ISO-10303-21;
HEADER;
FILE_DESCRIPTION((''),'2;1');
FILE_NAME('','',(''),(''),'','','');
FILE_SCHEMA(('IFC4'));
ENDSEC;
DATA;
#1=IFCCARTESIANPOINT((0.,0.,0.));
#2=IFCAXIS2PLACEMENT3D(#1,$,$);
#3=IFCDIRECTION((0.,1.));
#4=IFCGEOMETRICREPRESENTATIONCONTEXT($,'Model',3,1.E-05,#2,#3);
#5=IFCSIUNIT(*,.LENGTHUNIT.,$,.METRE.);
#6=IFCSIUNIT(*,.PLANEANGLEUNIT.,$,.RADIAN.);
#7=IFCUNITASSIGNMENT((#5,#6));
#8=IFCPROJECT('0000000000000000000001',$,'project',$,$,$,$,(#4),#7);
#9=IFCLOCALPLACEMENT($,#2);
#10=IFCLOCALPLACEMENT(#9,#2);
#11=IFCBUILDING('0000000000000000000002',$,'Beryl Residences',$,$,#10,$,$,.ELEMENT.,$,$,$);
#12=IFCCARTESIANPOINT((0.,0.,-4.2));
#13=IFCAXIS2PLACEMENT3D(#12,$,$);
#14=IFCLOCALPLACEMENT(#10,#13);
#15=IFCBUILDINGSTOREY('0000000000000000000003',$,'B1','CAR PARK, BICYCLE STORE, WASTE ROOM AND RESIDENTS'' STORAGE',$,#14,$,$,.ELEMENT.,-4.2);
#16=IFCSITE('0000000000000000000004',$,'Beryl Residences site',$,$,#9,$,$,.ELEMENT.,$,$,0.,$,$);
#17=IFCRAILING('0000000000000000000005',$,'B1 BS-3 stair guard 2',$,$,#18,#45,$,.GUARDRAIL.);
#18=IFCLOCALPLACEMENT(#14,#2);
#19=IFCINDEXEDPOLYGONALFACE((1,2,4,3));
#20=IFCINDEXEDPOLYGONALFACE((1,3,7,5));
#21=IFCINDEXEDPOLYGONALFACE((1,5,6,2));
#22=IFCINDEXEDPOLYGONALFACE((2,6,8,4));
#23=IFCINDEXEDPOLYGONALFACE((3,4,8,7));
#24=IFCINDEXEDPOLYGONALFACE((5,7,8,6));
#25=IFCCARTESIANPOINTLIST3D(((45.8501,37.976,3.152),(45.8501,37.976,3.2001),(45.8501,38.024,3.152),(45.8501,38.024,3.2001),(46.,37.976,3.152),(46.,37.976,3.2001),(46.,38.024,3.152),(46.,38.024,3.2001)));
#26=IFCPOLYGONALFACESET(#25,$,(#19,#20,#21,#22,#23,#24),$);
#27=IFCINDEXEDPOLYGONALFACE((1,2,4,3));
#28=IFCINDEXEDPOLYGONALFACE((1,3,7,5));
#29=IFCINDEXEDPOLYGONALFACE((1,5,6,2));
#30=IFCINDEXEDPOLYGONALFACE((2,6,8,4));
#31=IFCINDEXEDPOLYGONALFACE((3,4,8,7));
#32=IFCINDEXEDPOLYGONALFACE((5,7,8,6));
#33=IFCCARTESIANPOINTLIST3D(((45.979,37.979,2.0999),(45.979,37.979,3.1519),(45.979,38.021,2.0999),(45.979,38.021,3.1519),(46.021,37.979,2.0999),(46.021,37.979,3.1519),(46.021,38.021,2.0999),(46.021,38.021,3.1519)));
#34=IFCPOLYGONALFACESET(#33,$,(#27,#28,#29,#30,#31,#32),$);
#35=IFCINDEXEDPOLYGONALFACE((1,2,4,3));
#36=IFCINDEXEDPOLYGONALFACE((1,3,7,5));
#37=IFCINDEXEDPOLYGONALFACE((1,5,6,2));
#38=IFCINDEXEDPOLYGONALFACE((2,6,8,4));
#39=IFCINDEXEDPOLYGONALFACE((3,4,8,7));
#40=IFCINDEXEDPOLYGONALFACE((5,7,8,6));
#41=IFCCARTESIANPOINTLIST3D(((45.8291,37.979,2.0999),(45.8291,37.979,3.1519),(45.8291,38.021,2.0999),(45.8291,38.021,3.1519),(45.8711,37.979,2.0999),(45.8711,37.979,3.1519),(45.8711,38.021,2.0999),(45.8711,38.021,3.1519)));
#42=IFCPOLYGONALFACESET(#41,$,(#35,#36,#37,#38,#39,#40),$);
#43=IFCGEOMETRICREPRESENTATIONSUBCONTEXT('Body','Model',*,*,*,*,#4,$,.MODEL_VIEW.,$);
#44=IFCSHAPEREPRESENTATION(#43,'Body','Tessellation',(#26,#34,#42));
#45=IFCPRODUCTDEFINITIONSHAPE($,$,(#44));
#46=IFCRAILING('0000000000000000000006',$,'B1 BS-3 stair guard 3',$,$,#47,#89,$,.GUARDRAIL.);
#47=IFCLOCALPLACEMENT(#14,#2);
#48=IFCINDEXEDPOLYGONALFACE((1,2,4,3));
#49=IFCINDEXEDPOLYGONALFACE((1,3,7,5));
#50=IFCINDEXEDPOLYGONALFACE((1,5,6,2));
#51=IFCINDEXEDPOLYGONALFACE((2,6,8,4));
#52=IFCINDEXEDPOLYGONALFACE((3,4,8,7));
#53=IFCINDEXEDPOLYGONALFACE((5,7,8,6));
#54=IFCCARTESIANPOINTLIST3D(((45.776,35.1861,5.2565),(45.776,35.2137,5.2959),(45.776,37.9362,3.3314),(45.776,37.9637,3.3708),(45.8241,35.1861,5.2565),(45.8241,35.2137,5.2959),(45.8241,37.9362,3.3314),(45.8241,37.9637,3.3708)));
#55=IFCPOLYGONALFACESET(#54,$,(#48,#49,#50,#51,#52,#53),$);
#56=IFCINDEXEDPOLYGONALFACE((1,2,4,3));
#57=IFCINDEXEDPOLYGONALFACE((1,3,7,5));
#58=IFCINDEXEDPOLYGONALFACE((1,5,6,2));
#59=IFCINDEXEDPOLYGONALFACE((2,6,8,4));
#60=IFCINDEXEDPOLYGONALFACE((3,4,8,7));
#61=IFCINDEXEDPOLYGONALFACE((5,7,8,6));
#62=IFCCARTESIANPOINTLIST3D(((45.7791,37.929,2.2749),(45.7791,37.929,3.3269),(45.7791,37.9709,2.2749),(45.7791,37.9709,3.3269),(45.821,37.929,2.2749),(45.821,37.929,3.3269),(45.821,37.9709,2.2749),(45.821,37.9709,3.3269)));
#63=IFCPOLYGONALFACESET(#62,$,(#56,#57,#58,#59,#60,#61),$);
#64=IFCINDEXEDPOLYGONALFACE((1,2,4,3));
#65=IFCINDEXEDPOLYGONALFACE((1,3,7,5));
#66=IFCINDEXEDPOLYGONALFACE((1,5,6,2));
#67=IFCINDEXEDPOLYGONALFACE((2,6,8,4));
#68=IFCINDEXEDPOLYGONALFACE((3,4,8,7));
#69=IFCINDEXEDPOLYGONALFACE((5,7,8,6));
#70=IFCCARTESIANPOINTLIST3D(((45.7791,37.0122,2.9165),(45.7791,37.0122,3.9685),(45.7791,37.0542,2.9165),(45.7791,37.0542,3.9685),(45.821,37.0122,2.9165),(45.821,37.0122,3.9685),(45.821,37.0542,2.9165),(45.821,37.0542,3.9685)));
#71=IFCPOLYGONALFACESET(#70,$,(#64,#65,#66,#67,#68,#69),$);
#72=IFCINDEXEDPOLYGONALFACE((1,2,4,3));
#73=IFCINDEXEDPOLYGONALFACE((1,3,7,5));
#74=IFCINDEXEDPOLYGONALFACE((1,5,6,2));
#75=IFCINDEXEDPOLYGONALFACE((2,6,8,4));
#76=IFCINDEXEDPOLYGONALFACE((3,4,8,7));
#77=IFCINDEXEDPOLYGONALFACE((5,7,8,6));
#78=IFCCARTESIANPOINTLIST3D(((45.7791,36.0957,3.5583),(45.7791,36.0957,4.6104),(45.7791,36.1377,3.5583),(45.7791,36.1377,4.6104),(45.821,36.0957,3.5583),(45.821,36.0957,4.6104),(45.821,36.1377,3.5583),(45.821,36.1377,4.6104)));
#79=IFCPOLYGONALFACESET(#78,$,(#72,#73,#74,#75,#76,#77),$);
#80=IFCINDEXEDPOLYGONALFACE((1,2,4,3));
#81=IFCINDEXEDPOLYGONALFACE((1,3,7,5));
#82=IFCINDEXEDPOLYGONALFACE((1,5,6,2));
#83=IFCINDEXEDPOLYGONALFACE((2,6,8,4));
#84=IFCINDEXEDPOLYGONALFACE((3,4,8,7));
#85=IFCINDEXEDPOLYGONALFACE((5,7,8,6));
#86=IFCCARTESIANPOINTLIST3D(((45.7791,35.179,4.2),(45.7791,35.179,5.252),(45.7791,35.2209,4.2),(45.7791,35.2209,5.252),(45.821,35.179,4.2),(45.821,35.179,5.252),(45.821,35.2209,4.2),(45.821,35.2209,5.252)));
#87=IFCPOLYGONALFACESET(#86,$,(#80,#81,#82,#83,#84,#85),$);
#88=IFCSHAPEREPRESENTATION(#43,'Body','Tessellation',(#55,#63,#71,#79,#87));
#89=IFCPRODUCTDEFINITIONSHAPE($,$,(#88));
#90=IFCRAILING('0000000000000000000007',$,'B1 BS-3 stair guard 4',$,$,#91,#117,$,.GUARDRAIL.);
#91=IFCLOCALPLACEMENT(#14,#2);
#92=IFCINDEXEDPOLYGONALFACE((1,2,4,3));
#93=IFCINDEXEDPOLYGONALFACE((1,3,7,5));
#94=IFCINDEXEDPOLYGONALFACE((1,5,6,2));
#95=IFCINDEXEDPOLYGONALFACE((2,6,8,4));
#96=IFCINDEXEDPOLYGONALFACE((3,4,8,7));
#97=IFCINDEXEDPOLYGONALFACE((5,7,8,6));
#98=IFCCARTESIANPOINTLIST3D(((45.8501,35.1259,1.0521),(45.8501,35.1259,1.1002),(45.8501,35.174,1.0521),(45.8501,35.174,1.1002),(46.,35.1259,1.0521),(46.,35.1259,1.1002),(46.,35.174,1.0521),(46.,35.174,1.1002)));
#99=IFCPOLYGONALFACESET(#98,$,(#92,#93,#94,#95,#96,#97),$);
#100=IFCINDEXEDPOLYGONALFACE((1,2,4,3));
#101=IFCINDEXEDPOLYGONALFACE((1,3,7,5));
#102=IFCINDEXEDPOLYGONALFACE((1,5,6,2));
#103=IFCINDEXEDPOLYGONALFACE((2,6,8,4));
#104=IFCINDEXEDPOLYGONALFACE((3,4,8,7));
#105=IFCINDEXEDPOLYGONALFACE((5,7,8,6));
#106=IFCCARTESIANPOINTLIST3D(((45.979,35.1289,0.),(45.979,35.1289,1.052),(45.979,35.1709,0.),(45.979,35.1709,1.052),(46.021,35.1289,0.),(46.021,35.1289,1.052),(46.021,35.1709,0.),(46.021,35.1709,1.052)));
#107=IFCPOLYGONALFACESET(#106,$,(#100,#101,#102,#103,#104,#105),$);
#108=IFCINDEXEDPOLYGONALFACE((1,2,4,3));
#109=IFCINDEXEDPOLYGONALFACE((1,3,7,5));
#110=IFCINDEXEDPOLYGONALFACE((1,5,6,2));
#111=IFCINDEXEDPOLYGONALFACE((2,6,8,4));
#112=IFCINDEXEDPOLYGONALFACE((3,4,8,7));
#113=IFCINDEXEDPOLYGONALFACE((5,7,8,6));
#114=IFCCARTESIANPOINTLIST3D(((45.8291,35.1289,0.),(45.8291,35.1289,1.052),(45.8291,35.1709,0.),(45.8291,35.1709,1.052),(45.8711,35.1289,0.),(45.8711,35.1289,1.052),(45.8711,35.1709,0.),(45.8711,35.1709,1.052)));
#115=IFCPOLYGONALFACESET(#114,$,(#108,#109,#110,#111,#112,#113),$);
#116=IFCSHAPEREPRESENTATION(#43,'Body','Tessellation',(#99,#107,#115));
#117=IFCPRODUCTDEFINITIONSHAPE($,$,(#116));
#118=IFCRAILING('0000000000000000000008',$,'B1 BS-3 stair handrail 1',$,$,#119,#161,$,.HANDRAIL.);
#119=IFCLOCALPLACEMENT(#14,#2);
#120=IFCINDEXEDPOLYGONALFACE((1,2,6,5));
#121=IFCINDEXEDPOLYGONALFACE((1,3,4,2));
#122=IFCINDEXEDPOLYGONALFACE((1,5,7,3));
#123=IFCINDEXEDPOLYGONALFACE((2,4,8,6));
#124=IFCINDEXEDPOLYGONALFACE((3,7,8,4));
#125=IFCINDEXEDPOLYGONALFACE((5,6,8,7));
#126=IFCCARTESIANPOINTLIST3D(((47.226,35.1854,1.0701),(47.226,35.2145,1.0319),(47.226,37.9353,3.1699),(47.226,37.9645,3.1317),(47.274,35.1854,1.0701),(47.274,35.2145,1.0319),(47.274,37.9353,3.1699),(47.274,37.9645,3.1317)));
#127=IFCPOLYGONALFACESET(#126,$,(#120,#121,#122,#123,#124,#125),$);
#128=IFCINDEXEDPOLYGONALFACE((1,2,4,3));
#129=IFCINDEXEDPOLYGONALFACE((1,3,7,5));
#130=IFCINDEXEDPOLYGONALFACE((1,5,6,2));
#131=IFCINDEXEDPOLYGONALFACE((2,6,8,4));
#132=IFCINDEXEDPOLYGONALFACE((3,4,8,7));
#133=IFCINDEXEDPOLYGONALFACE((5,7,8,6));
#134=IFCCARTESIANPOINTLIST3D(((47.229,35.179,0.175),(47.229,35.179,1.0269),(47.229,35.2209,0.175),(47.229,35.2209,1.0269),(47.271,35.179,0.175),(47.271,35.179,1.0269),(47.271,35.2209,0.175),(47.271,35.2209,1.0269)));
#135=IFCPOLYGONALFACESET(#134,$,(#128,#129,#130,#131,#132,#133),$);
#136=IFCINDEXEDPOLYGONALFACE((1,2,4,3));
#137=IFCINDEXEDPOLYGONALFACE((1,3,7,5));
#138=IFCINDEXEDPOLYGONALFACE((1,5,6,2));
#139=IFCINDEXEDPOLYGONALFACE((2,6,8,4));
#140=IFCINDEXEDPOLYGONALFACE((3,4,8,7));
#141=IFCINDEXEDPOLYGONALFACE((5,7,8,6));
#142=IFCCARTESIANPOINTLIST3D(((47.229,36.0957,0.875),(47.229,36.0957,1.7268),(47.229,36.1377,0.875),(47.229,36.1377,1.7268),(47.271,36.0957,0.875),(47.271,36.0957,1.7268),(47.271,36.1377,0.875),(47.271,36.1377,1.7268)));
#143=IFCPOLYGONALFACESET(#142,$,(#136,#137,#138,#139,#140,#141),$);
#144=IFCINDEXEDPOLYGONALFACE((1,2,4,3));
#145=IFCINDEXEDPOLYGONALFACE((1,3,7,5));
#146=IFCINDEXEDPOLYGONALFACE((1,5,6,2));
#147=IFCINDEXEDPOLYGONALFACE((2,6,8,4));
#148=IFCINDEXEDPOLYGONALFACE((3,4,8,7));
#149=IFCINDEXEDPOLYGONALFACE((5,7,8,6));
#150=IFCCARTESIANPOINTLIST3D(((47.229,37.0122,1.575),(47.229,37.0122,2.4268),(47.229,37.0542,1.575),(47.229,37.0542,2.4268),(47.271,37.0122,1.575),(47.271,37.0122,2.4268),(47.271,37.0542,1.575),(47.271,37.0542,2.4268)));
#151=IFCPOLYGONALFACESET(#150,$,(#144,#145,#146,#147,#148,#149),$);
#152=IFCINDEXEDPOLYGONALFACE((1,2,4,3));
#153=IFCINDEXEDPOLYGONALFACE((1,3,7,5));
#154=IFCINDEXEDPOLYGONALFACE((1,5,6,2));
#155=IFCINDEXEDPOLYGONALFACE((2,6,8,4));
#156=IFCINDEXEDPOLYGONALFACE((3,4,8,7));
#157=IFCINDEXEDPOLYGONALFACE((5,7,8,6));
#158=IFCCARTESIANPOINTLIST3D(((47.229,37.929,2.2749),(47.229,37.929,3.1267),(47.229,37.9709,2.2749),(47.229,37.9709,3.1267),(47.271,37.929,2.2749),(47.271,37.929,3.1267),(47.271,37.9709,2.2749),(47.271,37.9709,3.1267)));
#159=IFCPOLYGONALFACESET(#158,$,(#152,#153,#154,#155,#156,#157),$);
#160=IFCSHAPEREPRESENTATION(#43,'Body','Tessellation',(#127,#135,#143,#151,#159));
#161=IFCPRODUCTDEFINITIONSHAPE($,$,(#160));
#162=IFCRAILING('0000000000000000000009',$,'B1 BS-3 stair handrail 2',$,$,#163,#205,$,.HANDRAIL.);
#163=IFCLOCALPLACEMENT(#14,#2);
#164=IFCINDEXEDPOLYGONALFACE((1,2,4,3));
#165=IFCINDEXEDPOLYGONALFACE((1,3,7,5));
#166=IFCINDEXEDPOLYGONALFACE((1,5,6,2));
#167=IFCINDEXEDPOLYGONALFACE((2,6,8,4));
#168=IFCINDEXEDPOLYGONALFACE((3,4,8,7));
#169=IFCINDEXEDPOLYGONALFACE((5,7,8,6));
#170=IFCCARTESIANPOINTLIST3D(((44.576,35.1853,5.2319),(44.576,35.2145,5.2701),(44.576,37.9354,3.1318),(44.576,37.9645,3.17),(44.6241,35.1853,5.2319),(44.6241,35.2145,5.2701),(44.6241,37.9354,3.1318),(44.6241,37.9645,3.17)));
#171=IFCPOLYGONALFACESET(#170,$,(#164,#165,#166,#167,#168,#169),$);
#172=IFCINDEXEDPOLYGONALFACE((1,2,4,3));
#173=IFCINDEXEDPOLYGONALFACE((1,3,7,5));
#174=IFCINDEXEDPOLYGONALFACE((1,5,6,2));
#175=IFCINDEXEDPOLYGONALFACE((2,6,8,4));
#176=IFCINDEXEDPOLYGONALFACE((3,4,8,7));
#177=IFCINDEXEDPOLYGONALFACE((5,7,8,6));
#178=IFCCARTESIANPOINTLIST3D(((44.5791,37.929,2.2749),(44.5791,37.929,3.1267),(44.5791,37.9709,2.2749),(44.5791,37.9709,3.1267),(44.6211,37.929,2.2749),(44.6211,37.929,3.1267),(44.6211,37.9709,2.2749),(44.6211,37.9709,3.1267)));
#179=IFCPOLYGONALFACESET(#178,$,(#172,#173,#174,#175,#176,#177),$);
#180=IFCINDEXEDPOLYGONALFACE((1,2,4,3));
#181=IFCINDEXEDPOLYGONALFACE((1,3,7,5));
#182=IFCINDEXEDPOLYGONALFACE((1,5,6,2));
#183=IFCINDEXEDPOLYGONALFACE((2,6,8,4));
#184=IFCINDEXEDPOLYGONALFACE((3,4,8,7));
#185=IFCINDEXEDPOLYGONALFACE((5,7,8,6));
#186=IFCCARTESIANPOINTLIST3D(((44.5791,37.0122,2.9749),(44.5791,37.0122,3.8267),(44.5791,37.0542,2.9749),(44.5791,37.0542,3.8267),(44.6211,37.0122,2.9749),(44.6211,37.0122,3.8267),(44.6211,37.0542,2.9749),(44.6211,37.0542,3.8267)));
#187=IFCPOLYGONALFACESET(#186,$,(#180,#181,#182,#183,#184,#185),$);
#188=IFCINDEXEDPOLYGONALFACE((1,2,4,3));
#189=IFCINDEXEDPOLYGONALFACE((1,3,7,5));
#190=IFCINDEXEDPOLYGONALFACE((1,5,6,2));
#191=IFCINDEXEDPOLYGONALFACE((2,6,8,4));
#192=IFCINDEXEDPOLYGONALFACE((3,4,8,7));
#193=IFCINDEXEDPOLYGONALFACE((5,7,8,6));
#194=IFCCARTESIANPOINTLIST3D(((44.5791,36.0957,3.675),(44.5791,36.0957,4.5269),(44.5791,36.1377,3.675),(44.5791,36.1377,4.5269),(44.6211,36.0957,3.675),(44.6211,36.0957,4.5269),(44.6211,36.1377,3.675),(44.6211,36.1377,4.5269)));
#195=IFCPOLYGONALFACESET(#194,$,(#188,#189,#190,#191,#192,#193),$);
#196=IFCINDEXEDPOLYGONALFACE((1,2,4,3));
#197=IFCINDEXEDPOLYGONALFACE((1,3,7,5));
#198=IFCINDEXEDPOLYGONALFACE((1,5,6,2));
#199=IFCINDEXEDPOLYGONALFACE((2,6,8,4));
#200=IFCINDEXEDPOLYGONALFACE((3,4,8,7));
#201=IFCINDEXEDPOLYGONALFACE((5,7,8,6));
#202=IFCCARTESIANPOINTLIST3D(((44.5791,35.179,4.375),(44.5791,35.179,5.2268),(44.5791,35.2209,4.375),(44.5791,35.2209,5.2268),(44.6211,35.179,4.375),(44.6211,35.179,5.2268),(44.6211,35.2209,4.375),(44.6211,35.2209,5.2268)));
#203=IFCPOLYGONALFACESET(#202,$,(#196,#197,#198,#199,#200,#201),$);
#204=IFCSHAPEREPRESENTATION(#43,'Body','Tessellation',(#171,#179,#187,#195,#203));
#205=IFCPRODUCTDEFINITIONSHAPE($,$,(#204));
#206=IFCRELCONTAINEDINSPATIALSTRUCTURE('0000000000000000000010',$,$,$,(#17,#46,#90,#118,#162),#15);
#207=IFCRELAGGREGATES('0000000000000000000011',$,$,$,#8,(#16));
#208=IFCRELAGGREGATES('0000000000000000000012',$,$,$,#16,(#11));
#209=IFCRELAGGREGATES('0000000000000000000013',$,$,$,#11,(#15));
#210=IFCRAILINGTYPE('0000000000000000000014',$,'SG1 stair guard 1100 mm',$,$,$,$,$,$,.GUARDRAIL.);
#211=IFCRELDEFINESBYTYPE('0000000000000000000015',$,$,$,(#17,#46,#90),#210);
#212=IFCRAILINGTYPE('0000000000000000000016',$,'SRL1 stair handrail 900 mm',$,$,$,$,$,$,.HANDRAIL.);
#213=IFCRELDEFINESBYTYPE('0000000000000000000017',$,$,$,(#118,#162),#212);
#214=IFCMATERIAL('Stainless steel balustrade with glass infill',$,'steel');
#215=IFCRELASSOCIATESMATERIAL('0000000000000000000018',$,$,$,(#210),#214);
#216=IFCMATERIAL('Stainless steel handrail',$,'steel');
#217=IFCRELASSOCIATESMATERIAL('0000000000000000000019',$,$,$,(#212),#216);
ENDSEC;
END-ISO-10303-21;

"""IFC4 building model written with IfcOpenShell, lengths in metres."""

from ifc_helpers import new_model, si_unit, direction, frame, origin, origin_2d, place, context, subcontext, project, spatial, rectangle, extrude, material, type_object, element, save


model = new_model("IFC4")

# Units and contexts
model_context = context("Model", 3, precision=1e-05, world=origin(), true_north=direction((0.0, 1.0)))
body_context = subcontext(model_context, "Body", "Model", "MODEL_VIEW")
ifc_project = project(units=[si_unit("LENGTHUNIT", "METRE"), si_unit("PLANEANGLEUNIT", "RADIAN")], contexts=[model_context])

# Site, building, storey
site_placement = place(None, origin())
site = spatial("IfcSite", under=ifc_project, at=site_placement, Name="Beryl Residences site", CompositionType="ELEMENT", RefElevation=0.0)
building_placement = place(site_placement, origin())
building = spatial("IfcBuilding", under=site, at=building_placement, Name="Beryl Residences", CompositionType="ELEMENT")
storey_placement = place(building_placement, frame((0.0, 0.0, -4.2)))
storey = spatial("IfcBuildingStorey", under=building, at=storey_placement, Name="B1", Description="CAR PARK, BICYCLE STORE, WASTE ROOM AND RESIDENTS' STORAGE", CompositionType="ELEMENT", Elevation=-4.2)

# Railings
ifc_material_1 = material(Name="Stainless steel balustrade with glass infill", Category="steel")
railing_type_1 = type_object("IfcRailingType", Name="SG1 stair guard 1100 mm", PredefinedType="GUARDRAIL", material=ifc_material_1)
railing_1_placement = place(storey_placement, frame((46.0, 38.0, 2.0999)))
element("IfcRailing", 1, at=railing_1_placement, inside=storey, type_object=railing_type_1, Name="B1 BS-3 stair guard 2", PredefinedType="GUARDRAIL", context=body_context, shape_type="SweptSolid", body=[
    extrude(rectangle(XDim=0.0481, YDim=0.0481, at=origin_2d()), frame((0.0, 0.0, 1.0762), z_axis=(-1.0, 0.0, 0.0), x_axis=(0.0, -1.0, 0.0)), (0.0, 0.0, 1.0), 0.1499),
    extrude(rectangle(XDim=0.042, YDim=0.042, at=origin_2d()), origin(), (0.0, 0.0, 1.0), 1.052),
    extrude(rectangle(XDim=0.042, YDim=0.042, at=origin_2d()), frame((-0.1499, 0.0, 0.0)), (0.0, 0.0, 1.0), 1.052),
])
railing_2_placement = place(storey_placement, frame((45.8, 37.95, 2.2749)))
element("IfcRailing", 2, at=railing_2_placement, inside=storey, type_object=railing_type_1, Name="B1 BS-3 stair guard 3", PredefinedType="GUARDRAIL", context=body_context, shape_type="SweptSolid", body=[
    extrude(rectangle(XDim=0.0481, YDim=0.0481, at=origin_2d()), frame((0.0, 0.0, 1.0762), z_axis=(0.0, -0.819225, 0.573472), x_axis=(1.0, 0.0, 0.0)), (0.0, 0.0, 1.0), 3.3569),
    extrude(rectangle(XDim=0.042, YDim=0.042, at=origin_2d()), origin(), (0.0, 0.0, 1.0), 1.052),
    extrude(rectangle(XDim=0.042, YDim=0.042, at=origin_2d()), frame((0.0, -0.9167, 0.6416)), (0.0, 0.0, 1.0), 1.052),
    extrude(rectangle(XDim=0.042, YDim=0.042, at=origin_2d()), frame((0.0, -1.8333, 1.2834)), (0.0, 0.0, 1.0), 1.052),
    extrude(rectangle(XDim=0.042, YDim=0.042, at=origin_2d()), frame((0.0, -2.75, 1.925)), (0.0, 0.0, 1.0), 1.052),
])
railing_3_placement = place(storey_placement, frame((46.0, 35.1499, 0.0)))
element("IfcRailing", 3, at=railing_3_placement, inside=storey, type_object=railing_type_1, Name="B1 BS-3 stair guard 4", PredefinedType="GUARDRAIL", context=body_context, shape_type="SweptSolid", body=[
    extrude(rectangle(XDim=0.0481, YDim=0.0481, at=origin_2d()), frame((0.0, 0.0, 1.0762), z_axis=(-1.0, 0.0, 0.0), x_axis=(0.0, -1.0, 0.0)), (0.0, 0.0, 1.0), 0.1499),
    extrude(rectangle(XDim=0.042, YDim=0.042, at=origin_2d()), origin(), (0.0, 0.0, 1.0), 1.052),
    extrude(rectangle(XDim=0.042, YDim=0.042, at=origin_2d()), frame((-0.1499, 0.0, 0.0)), (0.0, 0.0, 1.0), 1.052),
])
ifc_material_2 = material(Name="Stainless steel handrail", Category="steel")
railing_type_2 = type_object("IfcRailingType", Name="SRL1 stair handrail 900 mm", PredefinedType="HANDRAIL", material=ifc_material_2)
railing_4_placement = place(storey_placement, frame((47.25, 35.2, 0.175)))
element("IfcRailing", 4, at=railing_4_placement, inside=storey, type_object=railing_type_2, Name="B1 BS-3 stair handrail 1", PredefinedType="HANDRAIL", context=body_context, shape_type="SweptSolid", body=[
    extrude(rectangle(XDim=0.0481, YDim=0.0481, at=origin_2d()), frame((0.0, 0.0, 0.876), z_axis=(0.0, 0.794788, 0.606887), x_axis=(-1.0, 0.0, 0.0)), (0.0, 0.0, 1.0), 3.46),
    extrude(rectangle(XDim=0.042, YDim=0.042, at=origin_2d()), origin(), (0.0, 0.0, 1.0), 0.8518),
    extrude(rectangle(XDim=0.042, YDim=0.042, at=origin_2d()), frame((0.0, 0.9167, 0.7)), (0.0, 0.0, 1.0), 0.8518),
    extrude(rectangle(XDim=0.042, YDim=0.042, at=origin_2d()), frame((0.0, 1.8333, 1.3999)), (0.0, 0.0, 1.0), 0.8518),
    extrude(rectangle(XDim=0.042, YDim=0.042, at=origin_2d()), frame((0.0, 2.75, 2.0999)), (0.0, 0.0, 1.0), 0.8518),
])
railing_5_placement = place(storey_placement, frame((44.6001, 37.95, 2.2749)))
element("IfcRailing", 5, at=railing_5_placement, inside=storey, type_object=railing_type_2, Name="B1 BS-3 stair handrail 2", PredefinedType="HANDRAIL", context=body_context, shape_type="SweptSolid", body=[
    extrude(rectangle(XDim=0.0481, YDim=0.0481, at=origin_2d()), frame((0.0, 0.0, 0.876), z_axis=(0.0, -0.794754, 0.606931), x_axis=(1.0, 0.0, 0.0)), (0.0, 0.0, 1.0), 3.4602),
    extrude(rectangle(XDim=0.042, YDim=0.042, at=origin_2d()), origin(), (0.0, 0.0, 1.0), 0.8518),
    extrude(rectangle(XDim=0.042, YDim=0.042, at=origin_2d()), frame((0.0, -0.9167, 0.7)), (0.0, 0.0, 1.0), 0.8518),
    extrude(rectangle(XDim=0.042, YDim=0.042, at=origin_2d()), frame((0.0, -1.8333, 1.4001)), (0.0, 0.0, 1.0), 0.8518),
    extrude(rectangle(XDim=0.042, YDim=0.042, at=origin_2d()), frame((0.0, -2.75, 2.1001)), (0.0, 0.0, 1.0), 0.8518),
])

save(model, "model.ifc")
